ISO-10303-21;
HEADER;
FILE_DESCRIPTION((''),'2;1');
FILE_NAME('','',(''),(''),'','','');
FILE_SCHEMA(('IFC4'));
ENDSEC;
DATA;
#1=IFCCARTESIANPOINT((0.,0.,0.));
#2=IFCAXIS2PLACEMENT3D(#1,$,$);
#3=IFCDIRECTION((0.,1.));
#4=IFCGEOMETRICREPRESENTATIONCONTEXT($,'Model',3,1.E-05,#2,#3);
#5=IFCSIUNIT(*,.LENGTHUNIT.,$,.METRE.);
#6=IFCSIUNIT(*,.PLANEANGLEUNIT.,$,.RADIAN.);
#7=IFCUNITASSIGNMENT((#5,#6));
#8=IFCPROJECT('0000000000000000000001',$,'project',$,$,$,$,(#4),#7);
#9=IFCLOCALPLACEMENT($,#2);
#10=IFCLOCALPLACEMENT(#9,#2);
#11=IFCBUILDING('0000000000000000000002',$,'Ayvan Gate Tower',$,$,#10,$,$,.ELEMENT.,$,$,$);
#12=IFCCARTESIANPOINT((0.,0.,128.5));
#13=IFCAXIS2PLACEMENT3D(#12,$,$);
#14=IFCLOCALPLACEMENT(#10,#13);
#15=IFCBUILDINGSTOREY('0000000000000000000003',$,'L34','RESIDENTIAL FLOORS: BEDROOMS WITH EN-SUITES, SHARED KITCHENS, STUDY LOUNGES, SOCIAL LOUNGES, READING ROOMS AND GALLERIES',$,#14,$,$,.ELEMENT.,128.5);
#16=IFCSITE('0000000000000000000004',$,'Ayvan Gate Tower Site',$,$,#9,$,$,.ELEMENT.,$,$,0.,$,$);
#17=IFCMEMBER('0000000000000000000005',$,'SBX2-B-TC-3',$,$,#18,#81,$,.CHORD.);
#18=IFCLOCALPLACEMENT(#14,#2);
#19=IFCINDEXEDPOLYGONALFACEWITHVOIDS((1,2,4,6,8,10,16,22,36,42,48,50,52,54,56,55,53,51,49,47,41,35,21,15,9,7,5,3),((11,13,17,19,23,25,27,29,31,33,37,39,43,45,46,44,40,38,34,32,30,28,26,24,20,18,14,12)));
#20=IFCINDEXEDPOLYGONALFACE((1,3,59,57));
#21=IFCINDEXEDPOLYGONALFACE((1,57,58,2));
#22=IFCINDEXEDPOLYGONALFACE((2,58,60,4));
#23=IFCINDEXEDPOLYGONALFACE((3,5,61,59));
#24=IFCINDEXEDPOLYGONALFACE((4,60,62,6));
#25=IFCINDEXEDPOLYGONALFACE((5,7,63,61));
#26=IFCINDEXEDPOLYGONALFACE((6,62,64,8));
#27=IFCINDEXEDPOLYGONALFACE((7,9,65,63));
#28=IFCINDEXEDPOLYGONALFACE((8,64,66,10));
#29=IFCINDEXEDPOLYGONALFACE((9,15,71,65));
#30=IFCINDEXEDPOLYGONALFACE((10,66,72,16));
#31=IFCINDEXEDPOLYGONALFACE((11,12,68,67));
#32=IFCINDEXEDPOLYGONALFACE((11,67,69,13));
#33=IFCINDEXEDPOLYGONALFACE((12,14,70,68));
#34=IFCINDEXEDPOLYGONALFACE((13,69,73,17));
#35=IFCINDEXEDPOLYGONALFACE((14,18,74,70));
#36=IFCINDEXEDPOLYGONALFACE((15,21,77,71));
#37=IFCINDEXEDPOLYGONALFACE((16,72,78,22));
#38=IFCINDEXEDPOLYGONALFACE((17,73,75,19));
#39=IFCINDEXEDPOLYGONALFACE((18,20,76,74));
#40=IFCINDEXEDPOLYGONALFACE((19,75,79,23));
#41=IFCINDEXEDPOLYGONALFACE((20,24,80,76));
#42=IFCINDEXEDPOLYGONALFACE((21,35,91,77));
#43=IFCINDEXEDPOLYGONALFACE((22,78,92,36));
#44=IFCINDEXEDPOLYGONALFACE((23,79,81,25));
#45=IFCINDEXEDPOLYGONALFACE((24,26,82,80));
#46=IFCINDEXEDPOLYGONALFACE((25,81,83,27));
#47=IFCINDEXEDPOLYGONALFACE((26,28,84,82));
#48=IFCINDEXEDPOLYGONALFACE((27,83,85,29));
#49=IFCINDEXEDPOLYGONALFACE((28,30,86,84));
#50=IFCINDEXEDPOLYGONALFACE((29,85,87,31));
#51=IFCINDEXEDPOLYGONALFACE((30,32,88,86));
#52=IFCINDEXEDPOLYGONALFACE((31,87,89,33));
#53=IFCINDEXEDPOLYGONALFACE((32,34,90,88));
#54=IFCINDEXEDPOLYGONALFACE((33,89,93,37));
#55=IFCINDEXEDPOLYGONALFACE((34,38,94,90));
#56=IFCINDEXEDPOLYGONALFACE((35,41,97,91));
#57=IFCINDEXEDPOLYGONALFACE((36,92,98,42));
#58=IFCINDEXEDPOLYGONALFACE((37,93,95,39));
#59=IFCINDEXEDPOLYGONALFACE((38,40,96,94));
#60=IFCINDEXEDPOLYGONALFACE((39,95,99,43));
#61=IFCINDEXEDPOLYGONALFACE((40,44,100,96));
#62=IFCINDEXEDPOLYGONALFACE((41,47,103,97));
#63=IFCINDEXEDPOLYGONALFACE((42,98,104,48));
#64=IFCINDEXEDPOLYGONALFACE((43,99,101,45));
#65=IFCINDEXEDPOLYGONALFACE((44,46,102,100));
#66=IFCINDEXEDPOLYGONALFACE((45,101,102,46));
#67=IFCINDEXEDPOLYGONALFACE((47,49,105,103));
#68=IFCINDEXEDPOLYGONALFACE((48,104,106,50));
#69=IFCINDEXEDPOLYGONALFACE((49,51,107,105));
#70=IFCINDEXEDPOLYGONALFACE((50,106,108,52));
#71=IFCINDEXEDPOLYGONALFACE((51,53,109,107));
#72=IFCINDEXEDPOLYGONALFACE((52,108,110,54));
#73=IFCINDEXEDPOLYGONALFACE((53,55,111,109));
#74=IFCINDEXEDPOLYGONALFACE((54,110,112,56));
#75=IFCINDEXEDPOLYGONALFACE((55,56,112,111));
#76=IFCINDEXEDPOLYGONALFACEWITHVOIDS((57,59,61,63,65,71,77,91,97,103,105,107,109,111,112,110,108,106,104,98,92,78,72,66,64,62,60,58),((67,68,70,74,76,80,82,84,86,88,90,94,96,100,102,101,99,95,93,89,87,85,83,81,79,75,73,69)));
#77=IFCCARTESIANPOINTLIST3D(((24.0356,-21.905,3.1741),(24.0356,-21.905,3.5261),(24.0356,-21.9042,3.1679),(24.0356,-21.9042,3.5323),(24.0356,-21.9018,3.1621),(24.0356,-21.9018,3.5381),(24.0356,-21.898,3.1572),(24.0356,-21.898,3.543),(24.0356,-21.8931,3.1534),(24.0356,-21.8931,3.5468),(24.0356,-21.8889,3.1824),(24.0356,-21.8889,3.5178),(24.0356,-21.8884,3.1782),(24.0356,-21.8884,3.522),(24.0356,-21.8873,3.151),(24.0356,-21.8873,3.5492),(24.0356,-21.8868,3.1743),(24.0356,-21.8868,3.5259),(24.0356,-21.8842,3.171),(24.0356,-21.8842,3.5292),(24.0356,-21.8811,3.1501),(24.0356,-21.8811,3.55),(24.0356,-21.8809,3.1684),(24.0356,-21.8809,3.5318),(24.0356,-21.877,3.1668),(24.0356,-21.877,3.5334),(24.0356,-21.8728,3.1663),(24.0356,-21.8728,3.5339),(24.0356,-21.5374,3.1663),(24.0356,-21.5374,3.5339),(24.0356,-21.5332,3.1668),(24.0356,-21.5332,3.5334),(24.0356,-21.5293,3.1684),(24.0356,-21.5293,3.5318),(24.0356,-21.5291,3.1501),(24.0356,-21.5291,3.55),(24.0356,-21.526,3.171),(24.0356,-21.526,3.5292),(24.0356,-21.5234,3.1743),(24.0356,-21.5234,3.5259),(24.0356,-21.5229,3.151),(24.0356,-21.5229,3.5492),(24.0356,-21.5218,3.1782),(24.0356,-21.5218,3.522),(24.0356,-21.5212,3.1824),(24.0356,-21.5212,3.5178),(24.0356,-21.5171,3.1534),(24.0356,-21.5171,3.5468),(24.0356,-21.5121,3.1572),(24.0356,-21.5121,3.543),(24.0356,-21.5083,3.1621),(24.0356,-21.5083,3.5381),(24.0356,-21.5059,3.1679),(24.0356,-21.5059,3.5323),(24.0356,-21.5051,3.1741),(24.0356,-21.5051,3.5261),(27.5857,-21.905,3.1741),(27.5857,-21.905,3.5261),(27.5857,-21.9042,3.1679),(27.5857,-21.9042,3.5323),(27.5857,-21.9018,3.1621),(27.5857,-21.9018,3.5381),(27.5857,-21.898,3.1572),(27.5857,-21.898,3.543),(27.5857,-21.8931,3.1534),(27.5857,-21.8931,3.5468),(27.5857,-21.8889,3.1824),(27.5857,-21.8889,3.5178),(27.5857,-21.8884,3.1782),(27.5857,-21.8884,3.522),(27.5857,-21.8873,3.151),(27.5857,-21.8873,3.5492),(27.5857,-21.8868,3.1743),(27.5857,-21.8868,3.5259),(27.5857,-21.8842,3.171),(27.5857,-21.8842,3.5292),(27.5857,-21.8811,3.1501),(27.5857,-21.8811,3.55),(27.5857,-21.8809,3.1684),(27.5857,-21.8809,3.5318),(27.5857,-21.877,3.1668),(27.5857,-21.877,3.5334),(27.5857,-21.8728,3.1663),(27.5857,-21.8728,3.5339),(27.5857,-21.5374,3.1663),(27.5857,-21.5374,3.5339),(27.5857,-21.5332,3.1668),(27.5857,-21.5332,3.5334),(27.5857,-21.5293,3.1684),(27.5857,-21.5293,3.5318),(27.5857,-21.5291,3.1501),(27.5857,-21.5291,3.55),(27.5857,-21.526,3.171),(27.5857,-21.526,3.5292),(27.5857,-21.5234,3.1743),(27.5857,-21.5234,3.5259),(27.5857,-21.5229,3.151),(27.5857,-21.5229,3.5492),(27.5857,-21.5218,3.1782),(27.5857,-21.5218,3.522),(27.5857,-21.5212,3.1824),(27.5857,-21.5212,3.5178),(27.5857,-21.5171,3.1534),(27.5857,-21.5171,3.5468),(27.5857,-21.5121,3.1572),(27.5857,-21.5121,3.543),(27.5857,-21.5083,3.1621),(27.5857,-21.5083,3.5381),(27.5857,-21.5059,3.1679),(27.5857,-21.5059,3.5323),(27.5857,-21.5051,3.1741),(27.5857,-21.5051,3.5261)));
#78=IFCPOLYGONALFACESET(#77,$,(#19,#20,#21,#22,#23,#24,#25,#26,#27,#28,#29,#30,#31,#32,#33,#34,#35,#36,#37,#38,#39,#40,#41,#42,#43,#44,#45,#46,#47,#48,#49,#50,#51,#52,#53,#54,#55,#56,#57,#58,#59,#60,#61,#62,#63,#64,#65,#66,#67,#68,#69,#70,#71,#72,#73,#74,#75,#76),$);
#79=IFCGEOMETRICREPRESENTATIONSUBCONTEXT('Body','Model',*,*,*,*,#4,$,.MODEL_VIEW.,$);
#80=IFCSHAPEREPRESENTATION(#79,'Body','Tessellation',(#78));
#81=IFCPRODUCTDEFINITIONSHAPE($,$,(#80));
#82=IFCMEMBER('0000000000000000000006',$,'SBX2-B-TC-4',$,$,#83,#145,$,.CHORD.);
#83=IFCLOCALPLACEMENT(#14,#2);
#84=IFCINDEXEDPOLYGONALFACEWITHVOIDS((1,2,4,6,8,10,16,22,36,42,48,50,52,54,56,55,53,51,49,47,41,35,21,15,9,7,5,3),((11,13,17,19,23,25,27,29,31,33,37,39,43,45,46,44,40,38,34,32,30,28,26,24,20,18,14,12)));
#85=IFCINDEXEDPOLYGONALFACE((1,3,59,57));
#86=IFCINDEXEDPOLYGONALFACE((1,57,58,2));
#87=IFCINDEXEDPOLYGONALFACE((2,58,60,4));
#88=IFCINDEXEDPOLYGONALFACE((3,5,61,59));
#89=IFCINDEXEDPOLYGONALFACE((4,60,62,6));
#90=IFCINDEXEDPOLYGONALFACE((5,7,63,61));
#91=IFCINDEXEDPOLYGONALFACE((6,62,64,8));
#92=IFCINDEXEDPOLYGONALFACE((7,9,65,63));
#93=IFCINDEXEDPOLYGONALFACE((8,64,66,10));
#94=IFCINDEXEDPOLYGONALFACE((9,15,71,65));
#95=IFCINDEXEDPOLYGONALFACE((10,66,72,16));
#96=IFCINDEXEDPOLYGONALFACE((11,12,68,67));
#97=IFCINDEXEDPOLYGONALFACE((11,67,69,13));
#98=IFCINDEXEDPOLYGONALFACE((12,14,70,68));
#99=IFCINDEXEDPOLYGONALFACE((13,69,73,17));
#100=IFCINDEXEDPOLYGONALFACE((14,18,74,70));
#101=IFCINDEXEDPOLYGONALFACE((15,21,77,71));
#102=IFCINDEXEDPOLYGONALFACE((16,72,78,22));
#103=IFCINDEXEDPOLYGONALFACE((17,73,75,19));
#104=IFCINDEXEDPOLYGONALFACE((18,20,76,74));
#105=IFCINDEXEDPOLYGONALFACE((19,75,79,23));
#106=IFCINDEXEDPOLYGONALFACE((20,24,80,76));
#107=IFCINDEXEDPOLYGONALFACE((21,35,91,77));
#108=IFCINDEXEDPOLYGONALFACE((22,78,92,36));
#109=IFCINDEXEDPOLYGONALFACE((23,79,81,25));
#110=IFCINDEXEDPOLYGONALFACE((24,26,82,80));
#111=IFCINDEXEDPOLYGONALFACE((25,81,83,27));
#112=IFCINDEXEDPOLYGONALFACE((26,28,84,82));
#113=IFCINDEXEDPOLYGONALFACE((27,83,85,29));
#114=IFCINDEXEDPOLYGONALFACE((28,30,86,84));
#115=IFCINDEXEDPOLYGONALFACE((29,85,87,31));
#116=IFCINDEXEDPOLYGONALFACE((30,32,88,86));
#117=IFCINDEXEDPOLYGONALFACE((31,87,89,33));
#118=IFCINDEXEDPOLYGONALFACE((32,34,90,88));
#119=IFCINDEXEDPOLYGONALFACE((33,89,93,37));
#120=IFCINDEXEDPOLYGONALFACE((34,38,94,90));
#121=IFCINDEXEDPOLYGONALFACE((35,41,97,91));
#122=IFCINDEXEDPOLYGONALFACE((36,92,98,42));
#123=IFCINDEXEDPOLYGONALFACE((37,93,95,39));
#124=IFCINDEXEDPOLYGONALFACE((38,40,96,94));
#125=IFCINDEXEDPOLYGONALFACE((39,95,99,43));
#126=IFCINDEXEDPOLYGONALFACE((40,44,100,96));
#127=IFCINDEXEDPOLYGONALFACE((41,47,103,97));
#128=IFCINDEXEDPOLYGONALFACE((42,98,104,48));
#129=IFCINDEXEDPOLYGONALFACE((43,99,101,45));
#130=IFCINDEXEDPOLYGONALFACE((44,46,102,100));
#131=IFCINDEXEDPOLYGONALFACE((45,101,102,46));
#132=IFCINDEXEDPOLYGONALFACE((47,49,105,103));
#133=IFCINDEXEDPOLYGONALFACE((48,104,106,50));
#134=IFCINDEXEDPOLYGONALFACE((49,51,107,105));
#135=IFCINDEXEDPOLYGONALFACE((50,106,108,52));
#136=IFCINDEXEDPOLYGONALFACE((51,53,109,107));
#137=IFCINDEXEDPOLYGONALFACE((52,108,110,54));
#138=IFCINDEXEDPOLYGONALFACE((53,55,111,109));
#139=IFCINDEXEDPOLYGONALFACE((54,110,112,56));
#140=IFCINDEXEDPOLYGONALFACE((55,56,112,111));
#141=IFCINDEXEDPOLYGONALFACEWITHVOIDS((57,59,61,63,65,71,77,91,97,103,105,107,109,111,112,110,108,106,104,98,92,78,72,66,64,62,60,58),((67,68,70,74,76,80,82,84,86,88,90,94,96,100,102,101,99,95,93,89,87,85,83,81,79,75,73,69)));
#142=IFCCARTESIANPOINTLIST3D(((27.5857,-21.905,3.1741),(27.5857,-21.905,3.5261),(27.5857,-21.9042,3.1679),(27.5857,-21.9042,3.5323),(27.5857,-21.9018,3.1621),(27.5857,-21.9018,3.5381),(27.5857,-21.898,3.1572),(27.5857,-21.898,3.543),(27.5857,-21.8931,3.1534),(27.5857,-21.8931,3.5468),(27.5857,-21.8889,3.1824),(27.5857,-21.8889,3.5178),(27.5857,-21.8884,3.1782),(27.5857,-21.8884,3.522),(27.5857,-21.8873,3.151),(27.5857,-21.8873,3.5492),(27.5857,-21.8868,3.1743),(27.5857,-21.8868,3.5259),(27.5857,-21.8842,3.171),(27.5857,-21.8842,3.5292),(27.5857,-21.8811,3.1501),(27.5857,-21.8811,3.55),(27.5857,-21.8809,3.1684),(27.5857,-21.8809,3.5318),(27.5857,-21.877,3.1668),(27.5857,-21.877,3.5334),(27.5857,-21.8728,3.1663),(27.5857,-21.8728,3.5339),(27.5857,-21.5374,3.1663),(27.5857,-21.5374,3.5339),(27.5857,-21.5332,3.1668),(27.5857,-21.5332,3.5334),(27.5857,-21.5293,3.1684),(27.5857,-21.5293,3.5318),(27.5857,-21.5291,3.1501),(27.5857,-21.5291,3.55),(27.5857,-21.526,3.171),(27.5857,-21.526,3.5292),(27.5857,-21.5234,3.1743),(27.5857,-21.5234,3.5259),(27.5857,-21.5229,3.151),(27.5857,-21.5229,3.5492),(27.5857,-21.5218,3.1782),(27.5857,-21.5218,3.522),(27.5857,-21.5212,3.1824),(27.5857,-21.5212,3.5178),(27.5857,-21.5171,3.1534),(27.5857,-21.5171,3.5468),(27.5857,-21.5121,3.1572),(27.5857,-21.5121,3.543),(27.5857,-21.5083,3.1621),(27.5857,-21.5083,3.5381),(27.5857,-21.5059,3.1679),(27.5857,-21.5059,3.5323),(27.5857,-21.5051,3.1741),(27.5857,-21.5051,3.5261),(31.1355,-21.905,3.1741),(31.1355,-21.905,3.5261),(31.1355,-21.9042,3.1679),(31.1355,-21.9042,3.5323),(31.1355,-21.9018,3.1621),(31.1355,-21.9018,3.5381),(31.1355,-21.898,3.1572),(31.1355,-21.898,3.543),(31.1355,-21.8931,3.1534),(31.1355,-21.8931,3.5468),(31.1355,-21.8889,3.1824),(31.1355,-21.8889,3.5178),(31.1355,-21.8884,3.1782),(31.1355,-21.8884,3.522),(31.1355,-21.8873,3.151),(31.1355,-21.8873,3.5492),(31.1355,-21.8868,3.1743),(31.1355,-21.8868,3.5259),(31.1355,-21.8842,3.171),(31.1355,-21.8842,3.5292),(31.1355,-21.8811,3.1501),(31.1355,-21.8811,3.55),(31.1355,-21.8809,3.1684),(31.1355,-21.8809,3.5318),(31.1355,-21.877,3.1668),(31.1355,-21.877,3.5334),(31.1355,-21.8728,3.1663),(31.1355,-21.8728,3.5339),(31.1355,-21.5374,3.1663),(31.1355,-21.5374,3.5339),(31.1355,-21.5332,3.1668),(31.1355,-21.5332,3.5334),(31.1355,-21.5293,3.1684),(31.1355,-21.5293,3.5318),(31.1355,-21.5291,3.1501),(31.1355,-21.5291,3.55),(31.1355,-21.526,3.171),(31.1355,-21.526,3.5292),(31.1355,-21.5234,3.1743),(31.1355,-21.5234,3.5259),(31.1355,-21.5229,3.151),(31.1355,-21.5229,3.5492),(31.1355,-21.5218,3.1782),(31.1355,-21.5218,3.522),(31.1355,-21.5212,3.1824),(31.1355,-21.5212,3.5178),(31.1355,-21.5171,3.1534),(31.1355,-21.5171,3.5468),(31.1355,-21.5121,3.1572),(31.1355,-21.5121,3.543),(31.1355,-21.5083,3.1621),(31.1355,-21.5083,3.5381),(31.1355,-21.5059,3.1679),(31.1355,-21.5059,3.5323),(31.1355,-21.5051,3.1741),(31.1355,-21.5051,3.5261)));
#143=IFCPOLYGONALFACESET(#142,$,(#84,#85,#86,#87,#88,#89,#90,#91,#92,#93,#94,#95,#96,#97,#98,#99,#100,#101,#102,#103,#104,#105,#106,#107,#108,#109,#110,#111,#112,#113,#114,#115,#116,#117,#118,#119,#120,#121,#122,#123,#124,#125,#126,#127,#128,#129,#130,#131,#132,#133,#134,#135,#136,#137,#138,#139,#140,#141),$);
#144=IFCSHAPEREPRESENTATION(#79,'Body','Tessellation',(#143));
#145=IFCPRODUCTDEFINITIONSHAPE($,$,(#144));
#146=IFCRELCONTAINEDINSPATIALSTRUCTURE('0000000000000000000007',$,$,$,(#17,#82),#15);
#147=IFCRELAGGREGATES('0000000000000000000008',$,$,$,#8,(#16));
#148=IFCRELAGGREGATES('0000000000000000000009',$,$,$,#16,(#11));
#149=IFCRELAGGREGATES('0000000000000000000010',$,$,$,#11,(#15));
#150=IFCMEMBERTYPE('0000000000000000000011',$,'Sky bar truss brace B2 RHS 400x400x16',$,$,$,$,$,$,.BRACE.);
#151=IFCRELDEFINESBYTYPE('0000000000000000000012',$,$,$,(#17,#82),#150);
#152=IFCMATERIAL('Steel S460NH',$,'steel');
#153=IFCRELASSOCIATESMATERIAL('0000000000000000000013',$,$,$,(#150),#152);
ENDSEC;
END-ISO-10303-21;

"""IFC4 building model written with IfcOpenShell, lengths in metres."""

from ifc_helpers import new_model, si_unit, direction, frame, origin, origin_2d, place, context, subcontext, project, spatial, hollow_rectangle, extrude, material, material_profile, profile_set, type_object, element, save


model = new_model("IFC4")

# Units and contexts
model_context = context("Model", 3, precision=1e-05, world=origin(), true_north=direction((0.0, 1.0)))
body_context = subcontext(model_context, "Body", "Model", "MODEL_VIEW")
ifc_project = project(units=[si_unit("LENGTHUNIT", "METRE"), si_unit("PLANEANGLEUNIT", "RADIAN")], contexts=[model_context])

# Site, building, storey
site_placement = place(None, origin())
site = spatial("IfcSite", under=ifc_project, at=site_placement, Name="Ayvan Gate Tower Site", CompositionType="ELEMENT", RefElevation=0.0)
building_placement = place(site_placement, origin())
building = spatial("IfcBuilding", under=site, at=building_placement, Name="Ayvan Gate Tower", CompositionType="ELEMENT")
storey_placement = place(building_placement, frame((0.0, 0.0, 128.5)))
storey = spatial("IfcBuildingStorey", under=building, at=storey_placement, Name="L34", Description="RESIDENTIAL FLOORS: BEDROOMS WITH EN-SUITES, SHARED KITCHENS, STUDY LOUNGES, SOCIAL LOUNGES, READING ROOMS AND GALLERIES", CompositionType="ELEMENT", Elevation=128.5)

# Members
ifc_material_1 = material(Name="Steel S460NH", Category="steel")
ifc_material_profile_1 = material_profile(ifc_material_1, hollow_rectangle(XDim=0.3999, YDim=0.3999, WallThickness=0.0161, InnerFilletRadius=0.0161, OuterFilletRadius=0.0239, at=origin_2d()), Name="RHS 400x400x16")
ifc_profile_set_1 = profile_set([ifc_material_profile_1], Name="Steel S460NH")
member_type_1 = type_object("IfcMemberType", Name="Sky bar truss brace B2 RHS 400x400x16", PredefinedType="BRACE", material=ifc_profile_set_1)
for number, where, z_axis, x_axis, name in (
    (1, (24.0356, -21.7051, 3.3501), (1.0, 0.0, 0.0), (0.0, 1.0, 0.0), "SBX2-B-TC-3"),
):
    element("IfcMember", number, at=place(storey_placement, frame(where, z_axis=z_axis, x_axis=x_axis)), inside=storey, type_object=member_type_1, Name=name, PredefinedType="CHORD", context=body_context, shape_type="SweptSolid", body=[
        extrude(hollow_rectangle(XDim=0.3999, YDim=0.3999, WallThickness=0.0161, InnerFilletRadius=0.0161, OuterFilletRadius=0.0239, at=origin_2d()), origin(), (0.0, 0.0, 1.0), 3.55),
    ])
member_1_placement = place(storey_placement, frame((27.5857, -21.7051, 3.3501), z_axis=(1.0, 0.0, 0.0), x_axis=(0.0, 1.0, 0.0)))
element("IfcMember", 2, at=member_1_placement, inside=storey, type_object=member_type_1, Name="SBX2-B-TC-4", PredefinedType="CHORD", context=body_context, shape_type="SweptSolid", body=[
    extrude(hollow_rectangle(XDim=0.3999, YDim=0.3999, WallThickness=0.0161, InnerFilletRadius=0.0161, OuterFilletRadius=0.0239, at=origin_2d()), origin(), (0.0, 0.0, 1.0), 3.5498),
])

save(model, "model.ifc")
